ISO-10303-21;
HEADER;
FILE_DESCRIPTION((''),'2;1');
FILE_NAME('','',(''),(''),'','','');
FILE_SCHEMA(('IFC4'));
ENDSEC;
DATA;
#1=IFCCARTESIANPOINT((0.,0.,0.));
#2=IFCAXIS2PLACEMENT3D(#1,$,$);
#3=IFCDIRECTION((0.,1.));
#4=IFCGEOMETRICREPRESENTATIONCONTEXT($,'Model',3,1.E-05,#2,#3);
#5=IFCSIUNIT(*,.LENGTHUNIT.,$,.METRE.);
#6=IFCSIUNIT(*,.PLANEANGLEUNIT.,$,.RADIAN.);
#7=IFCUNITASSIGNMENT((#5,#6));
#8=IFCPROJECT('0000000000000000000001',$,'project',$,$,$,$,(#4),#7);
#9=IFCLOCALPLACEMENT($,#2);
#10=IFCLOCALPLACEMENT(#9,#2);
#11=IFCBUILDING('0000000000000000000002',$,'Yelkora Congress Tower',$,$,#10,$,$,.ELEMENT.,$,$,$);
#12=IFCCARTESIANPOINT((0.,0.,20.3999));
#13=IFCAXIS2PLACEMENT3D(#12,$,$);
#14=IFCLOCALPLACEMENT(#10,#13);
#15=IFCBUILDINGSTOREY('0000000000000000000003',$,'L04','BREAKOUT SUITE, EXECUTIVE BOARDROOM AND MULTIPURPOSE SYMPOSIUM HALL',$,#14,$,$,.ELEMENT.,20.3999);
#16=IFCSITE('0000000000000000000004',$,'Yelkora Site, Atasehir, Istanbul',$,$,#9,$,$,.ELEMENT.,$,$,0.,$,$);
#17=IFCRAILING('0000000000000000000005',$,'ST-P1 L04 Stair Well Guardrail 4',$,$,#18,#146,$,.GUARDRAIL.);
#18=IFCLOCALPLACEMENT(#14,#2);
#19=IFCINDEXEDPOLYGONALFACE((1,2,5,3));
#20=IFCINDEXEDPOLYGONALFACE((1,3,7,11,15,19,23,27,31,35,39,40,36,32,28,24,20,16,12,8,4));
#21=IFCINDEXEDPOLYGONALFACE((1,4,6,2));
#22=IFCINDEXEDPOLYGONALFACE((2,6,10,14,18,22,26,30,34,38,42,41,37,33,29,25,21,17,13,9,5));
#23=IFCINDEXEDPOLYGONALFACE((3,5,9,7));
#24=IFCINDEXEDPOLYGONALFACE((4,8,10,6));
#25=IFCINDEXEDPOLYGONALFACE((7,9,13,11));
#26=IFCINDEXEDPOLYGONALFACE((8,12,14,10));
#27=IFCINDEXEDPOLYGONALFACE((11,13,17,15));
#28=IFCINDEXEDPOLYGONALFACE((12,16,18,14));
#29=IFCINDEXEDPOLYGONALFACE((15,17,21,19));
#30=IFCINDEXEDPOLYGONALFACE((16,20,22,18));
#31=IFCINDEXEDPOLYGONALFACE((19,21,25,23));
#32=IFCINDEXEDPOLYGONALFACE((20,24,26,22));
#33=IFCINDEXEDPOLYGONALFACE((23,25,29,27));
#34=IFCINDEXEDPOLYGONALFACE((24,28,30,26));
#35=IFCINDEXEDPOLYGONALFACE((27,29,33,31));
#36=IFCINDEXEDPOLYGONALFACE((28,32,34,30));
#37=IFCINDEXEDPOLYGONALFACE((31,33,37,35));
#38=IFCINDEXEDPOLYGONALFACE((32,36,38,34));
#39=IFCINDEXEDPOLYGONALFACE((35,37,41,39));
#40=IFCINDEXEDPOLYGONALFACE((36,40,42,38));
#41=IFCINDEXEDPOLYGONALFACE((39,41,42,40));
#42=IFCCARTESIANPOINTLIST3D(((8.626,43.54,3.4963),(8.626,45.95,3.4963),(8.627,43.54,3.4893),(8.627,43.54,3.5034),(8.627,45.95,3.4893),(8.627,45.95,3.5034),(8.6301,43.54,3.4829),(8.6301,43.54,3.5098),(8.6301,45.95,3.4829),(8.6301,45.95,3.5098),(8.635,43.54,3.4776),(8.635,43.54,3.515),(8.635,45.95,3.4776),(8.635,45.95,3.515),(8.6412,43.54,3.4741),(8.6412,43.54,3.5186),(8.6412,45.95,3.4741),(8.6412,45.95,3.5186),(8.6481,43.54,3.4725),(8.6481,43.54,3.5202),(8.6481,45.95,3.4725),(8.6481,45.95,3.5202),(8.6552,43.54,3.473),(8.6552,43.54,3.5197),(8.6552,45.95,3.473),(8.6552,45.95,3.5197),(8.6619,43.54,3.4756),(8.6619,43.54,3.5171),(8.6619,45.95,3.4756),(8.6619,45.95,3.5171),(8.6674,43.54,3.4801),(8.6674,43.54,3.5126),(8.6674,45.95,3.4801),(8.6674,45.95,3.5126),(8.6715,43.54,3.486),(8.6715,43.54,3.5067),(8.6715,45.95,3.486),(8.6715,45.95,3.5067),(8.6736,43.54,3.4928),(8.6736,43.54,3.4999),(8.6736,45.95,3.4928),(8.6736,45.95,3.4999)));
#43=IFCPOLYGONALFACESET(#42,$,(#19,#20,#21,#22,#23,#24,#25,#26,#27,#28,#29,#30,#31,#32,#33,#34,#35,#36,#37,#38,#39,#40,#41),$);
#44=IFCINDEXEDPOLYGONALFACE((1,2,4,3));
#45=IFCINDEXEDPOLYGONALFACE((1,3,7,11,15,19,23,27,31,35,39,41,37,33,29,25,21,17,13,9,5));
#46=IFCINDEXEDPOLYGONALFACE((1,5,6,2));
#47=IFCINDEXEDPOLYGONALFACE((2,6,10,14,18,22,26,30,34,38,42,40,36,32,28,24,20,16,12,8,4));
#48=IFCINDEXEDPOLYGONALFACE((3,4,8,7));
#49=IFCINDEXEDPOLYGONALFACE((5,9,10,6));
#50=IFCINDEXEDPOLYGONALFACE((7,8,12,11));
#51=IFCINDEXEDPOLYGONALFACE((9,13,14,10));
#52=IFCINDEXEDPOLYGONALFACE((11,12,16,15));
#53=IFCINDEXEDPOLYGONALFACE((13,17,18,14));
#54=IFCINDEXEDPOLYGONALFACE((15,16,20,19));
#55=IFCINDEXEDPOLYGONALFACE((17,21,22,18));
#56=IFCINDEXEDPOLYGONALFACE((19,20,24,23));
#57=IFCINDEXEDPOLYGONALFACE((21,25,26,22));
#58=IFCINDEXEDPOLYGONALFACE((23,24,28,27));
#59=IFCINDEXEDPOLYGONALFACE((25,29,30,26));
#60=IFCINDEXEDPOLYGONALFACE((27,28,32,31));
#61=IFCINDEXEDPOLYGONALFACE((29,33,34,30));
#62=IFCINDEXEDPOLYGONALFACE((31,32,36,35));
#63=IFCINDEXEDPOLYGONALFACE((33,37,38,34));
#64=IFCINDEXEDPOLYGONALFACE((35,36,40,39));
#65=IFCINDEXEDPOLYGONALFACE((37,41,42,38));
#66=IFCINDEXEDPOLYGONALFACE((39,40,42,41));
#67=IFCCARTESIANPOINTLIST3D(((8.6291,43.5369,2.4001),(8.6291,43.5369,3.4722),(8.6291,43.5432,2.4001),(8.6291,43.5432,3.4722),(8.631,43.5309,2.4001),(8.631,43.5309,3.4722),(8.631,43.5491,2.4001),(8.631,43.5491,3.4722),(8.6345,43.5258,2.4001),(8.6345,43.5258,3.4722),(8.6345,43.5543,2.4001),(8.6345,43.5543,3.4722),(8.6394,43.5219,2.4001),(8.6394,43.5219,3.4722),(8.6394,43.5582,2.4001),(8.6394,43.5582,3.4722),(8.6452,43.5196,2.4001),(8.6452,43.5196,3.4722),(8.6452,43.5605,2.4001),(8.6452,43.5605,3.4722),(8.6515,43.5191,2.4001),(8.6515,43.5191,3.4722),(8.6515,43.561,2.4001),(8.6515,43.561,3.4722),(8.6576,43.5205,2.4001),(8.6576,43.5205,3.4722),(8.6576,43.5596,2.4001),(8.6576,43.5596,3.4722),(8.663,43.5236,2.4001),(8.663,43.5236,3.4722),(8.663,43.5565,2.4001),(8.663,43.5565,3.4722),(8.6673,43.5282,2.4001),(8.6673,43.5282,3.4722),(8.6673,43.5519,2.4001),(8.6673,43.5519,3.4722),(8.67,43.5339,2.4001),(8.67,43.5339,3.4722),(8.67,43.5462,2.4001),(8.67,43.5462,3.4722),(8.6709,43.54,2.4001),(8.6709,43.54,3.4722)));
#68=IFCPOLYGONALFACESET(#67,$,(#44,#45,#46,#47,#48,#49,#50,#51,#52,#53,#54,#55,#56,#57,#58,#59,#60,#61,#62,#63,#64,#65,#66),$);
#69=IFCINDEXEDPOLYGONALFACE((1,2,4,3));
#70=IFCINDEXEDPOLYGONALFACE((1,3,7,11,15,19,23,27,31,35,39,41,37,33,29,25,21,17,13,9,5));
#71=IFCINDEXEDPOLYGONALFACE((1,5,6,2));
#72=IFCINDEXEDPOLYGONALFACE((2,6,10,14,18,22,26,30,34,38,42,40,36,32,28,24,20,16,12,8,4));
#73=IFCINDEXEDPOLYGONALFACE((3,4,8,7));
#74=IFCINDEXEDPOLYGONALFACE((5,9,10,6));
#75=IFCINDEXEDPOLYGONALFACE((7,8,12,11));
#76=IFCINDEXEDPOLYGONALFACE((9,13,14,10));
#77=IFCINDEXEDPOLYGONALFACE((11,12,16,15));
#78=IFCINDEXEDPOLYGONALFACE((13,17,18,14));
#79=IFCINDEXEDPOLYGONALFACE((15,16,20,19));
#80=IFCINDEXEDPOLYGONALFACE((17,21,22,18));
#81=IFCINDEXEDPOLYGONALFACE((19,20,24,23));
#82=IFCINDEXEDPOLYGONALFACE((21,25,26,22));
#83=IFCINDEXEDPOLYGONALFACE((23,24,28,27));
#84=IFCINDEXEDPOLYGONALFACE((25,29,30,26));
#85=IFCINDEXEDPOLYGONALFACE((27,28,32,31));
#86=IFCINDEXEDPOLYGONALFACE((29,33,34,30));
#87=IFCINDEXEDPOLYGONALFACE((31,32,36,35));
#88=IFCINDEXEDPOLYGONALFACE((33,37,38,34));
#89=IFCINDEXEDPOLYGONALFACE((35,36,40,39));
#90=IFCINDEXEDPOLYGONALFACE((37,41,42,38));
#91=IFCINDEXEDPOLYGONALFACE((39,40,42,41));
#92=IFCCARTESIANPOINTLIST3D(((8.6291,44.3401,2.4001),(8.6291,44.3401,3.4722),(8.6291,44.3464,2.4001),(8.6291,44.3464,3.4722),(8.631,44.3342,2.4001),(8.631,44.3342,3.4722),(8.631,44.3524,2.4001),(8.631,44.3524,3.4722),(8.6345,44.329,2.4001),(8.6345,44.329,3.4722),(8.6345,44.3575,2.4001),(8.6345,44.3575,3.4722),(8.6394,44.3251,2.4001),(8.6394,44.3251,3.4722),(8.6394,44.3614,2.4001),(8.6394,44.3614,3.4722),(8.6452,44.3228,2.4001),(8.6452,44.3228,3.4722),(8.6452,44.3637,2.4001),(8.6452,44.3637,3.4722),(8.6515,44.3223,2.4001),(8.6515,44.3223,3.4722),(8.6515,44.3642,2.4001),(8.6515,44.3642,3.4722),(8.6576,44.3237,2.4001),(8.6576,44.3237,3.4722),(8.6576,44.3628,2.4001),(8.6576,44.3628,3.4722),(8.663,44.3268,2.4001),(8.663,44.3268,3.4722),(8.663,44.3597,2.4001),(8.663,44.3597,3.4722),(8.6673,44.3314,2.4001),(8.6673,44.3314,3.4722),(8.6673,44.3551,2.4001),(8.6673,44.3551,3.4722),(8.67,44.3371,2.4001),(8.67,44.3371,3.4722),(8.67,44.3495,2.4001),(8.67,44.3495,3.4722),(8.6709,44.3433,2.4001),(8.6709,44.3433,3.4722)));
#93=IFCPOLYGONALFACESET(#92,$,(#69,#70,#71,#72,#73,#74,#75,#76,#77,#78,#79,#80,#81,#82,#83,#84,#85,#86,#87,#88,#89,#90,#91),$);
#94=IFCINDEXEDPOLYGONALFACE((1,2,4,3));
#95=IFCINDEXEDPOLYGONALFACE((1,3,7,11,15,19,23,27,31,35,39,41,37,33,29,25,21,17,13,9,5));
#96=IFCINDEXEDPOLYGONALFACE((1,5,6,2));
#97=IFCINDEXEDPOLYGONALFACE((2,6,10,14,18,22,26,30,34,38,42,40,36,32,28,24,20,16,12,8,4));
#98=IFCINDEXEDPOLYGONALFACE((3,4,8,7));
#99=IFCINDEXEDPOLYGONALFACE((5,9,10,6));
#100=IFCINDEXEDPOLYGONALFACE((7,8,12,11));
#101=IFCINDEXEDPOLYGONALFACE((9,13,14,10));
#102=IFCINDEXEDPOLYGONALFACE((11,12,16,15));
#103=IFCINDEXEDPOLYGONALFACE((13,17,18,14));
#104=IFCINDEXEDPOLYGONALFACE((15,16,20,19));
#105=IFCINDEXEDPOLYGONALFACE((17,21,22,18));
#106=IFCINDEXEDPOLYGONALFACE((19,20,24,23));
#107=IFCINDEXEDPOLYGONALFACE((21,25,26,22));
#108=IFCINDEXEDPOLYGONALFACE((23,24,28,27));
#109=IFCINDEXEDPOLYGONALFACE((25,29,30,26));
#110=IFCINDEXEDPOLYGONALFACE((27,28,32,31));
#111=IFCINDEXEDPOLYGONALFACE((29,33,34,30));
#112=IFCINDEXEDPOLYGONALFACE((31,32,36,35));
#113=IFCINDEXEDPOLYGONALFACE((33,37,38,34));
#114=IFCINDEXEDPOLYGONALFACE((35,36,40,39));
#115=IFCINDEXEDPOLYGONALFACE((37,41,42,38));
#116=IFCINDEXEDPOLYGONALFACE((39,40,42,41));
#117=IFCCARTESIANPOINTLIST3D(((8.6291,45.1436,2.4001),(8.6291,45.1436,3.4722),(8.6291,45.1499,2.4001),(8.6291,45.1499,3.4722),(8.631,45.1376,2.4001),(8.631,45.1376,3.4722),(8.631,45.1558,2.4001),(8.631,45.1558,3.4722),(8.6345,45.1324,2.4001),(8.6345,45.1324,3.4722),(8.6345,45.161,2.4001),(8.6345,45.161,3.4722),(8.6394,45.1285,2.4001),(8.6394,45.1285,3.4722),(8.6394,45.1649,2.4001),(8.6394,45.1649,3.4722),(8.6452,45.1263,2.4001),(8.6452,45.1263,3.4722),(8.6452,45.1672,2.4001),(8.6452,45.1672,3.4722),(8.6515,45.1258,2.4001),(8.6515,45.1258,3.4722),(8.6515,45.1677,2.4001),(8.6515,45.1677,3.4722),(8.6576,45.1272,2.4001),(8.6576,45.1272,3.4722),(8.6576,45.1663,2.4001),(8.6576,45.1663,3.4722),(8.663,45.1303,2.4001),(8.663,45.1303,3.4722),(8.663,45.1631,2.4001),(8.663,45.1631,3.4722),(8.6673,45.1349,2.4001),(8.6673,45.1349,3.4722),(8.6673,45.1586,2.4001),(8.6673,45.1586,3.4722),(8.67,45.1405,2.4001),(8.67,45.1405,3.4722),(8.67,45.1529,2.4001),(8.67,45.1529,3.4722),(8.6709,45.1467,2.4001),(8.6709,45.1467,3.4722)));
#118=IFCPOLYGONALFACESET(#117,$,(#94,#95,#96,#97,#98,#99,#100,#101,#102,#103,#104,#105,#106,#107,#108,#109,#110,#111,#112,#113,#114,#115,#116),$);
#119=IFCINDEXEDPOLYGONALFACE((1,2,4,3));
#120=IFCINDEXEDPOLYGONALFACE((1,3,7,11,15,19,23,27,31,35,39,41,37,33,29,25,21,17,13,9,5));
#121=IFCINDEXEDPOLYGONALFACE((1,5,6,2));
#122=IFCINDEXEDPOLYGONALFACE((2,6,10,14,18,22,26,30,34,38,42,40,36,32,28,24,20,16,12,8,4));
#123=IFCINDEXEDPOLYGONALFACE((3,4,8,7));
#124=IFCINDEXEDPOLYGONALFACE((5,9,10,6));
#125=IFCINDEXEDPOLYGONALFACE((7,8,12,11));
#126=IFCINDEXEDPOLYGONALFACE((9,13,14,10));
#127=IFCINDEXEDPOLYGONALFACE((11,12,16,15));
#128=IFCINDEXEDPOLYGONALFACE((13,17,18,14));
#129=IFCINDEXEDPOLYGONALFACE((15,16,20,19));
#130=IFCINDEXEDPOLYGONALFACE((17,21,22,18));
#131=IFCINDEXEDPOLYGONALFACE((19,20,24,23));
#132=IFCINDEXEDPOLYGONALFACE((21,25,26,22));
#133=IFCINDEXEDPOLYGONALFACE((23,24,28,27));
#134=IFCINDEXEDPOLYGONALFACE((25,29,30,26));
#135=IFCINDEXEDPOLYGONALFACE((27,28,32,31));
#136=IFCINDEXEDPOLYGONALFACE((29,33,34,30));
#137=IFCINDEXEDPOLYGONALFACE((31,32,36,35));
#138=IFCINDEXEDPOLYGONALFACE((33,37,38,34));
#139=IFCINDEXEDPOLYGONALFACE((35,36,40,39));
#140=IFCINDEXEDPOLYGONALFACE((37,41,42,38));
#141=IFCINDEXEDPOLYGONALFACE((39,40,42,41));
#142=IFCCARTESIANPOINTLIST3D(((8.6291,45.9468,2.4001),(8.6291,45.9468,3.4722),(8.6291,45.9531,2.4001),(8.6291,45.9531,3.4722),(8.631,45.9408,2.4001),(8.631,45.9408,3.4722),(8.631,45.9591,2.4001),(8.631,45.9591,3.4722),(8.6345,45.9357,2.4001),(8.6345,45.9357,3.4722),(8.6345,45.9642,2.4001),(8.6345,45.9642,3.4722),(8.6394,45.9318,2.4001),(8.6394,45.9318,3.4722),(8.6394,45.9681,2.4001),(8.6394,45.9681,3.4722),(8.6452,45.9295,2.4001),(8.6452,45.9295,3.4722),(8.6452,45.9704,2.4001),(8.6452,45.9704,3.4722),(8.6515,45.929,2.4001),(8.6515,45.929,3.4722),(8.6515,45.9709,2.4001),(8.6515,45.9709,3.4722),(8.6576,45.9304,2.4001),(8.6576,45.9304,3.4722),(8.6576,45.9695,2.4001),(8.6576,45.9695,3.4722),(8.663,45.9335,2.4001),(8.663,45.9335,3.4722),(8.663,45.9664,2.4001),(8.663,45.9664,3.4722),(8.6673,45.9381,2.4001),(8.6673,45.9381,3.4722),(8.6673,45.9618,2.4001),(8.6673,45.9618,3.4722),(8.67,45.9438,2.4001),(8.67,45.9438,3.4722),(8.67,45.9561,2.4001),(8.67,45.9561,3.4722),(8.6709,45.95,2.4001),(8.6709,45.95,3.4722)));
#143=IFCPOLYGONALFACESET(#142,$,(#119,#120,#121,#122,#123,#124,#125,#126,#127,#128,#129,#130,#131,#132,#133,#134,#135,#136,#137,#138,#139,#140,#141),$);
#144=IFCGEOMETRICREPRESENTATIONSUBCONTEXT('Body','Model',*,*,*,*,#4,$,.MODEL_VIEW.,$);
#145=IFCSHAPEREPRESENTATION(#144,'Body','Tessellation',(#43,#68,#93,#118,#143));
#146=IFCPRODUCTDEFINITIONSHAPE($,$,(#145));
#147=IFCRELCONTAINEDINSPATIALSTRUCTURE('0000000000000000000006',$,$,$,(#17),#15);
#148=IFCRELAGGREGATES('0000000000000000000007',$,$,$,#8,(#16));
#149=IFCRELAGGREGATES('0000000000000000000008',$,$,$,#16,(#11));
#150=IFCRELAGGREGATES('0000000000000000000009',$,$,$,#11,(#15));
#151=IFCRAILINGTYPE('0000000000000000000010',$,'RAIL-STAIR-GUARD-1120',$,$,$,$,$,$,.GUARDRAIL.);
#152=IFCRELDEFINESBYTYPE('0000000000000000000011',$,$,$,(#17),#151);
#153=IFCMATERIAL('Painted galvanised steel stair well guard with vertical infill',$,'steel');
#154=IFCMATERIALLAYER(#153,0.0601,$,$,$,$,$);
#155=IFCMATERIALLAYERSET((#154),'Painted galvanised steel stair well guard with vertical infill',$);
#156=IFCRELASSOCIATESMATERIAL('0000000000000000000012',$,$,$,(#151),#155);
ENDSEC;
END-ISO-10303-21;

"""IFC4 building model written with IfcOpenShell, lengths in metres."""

from ifc_helpers import new_model, si_unit, direction, frame, origin, origin_2d, place, context, subcontext, project, spatial, circle, extrude, material, layer, layer_set, type_object, element, save


model = new_model("IFC4")

# Units and contexts
model_context = context("Model", 3, precision=1e-05, world=origin(), true_north=direction((0.0, 1.0)))
body_context = subcontext(model_context, "Body", "Model", "MODEL_VIEW")
ifc_project = project(units=[si_unit("LENGTHUNIT", "METRE"), si_unit("PLANEANGLEUNIT", "RADIAN")], contexts=[model_context])

# Site, building, storey
site_placement = place(None, origin())
site = spatial("IfcSite", under=ifc_project, at=site_placement, Name="Yelkora Site, Atasehir, Istanbul", CompositionType="ELEMENT", RefElevation=0.0)
building_placement = place(site_placement, origin())
building = spatial("IfcBuilding", under=site, at=building_placement, Name="Yelkora Congress Tower", CompositionType="ELEMENT")
storey_placement = place(building_placement, frame((0.0, 0.0, 20.3999)))
storey = spatial("IfcBuildingStorey", under=building, at=storey_placement, Name="L04", Description="BREAKOUT SUITE, EXECUTIVE BOARDROOM AND MULTIPURPOSE SYMPOSIUM HALL", CompositionType="ELEMENT", Elevation=20.3999)

# Railing
ifc_material_1 = material(Name="Painted galvanised steel stair well guard with vertical infill", Category="steel")
ifc_layer_1 = layer(ifc_material_1, 0.0601)
ifc_layer_set_1 = layer_set([ifc_layer_1], Name="Painted galvanised steel stair well guard with vertical infill")
railing_type_1 = type_object("IfcRailingType", Name="RAIL-STAIR-GUARD-1120", PredefinedType="GUARDRAIL", material=ifc_layer_set_1)
railing_1_placement = place(storey_placement, frame((8.6499, 43.54, 2.4001)))
element("IfcRailing", 1, at=railing_1_placement, inside=storey, type_object=railing_type_1, Name="ST-P1 L04 Stair Well Guardrail 4", PredefinedType="GUARDRAIL", context=body_context, shape_type="SweptSolid", body=[
    extrude(circle(Radius=0.0239, at=origin_2d()), frame((0.0, 0.0, 1.0962), z_axis=(0.0, 1.0, 0.0), x_axis=(-1.0, 0.0, 0.0)), (0.0, 0.0, 1.0), 2.4099),
    extrude(circle(Radius=0.021, at=origin_2d()), origin(), (0.0, 0.0, 1.0), 1.072),
    extrude(circle(Radius=0.021, at=origin_2d()), frame((0.0, 0.8032, 0.0)), (0.0, 0.0, 1.0), 1.072),
    extrude(circle(Radius=0.021, at=origin_2d()), frame((0.0, 1.6067, 0.0)), (0.0, 0.0, 1.0), 1.072),
    extrude(circle(Radius=0.021, at=origin_2d()), frame((0.0, 2.4099, 0.0)), (0.0, 0.0, 1.0), 1.072),
])

save(model, "model.ifc")
